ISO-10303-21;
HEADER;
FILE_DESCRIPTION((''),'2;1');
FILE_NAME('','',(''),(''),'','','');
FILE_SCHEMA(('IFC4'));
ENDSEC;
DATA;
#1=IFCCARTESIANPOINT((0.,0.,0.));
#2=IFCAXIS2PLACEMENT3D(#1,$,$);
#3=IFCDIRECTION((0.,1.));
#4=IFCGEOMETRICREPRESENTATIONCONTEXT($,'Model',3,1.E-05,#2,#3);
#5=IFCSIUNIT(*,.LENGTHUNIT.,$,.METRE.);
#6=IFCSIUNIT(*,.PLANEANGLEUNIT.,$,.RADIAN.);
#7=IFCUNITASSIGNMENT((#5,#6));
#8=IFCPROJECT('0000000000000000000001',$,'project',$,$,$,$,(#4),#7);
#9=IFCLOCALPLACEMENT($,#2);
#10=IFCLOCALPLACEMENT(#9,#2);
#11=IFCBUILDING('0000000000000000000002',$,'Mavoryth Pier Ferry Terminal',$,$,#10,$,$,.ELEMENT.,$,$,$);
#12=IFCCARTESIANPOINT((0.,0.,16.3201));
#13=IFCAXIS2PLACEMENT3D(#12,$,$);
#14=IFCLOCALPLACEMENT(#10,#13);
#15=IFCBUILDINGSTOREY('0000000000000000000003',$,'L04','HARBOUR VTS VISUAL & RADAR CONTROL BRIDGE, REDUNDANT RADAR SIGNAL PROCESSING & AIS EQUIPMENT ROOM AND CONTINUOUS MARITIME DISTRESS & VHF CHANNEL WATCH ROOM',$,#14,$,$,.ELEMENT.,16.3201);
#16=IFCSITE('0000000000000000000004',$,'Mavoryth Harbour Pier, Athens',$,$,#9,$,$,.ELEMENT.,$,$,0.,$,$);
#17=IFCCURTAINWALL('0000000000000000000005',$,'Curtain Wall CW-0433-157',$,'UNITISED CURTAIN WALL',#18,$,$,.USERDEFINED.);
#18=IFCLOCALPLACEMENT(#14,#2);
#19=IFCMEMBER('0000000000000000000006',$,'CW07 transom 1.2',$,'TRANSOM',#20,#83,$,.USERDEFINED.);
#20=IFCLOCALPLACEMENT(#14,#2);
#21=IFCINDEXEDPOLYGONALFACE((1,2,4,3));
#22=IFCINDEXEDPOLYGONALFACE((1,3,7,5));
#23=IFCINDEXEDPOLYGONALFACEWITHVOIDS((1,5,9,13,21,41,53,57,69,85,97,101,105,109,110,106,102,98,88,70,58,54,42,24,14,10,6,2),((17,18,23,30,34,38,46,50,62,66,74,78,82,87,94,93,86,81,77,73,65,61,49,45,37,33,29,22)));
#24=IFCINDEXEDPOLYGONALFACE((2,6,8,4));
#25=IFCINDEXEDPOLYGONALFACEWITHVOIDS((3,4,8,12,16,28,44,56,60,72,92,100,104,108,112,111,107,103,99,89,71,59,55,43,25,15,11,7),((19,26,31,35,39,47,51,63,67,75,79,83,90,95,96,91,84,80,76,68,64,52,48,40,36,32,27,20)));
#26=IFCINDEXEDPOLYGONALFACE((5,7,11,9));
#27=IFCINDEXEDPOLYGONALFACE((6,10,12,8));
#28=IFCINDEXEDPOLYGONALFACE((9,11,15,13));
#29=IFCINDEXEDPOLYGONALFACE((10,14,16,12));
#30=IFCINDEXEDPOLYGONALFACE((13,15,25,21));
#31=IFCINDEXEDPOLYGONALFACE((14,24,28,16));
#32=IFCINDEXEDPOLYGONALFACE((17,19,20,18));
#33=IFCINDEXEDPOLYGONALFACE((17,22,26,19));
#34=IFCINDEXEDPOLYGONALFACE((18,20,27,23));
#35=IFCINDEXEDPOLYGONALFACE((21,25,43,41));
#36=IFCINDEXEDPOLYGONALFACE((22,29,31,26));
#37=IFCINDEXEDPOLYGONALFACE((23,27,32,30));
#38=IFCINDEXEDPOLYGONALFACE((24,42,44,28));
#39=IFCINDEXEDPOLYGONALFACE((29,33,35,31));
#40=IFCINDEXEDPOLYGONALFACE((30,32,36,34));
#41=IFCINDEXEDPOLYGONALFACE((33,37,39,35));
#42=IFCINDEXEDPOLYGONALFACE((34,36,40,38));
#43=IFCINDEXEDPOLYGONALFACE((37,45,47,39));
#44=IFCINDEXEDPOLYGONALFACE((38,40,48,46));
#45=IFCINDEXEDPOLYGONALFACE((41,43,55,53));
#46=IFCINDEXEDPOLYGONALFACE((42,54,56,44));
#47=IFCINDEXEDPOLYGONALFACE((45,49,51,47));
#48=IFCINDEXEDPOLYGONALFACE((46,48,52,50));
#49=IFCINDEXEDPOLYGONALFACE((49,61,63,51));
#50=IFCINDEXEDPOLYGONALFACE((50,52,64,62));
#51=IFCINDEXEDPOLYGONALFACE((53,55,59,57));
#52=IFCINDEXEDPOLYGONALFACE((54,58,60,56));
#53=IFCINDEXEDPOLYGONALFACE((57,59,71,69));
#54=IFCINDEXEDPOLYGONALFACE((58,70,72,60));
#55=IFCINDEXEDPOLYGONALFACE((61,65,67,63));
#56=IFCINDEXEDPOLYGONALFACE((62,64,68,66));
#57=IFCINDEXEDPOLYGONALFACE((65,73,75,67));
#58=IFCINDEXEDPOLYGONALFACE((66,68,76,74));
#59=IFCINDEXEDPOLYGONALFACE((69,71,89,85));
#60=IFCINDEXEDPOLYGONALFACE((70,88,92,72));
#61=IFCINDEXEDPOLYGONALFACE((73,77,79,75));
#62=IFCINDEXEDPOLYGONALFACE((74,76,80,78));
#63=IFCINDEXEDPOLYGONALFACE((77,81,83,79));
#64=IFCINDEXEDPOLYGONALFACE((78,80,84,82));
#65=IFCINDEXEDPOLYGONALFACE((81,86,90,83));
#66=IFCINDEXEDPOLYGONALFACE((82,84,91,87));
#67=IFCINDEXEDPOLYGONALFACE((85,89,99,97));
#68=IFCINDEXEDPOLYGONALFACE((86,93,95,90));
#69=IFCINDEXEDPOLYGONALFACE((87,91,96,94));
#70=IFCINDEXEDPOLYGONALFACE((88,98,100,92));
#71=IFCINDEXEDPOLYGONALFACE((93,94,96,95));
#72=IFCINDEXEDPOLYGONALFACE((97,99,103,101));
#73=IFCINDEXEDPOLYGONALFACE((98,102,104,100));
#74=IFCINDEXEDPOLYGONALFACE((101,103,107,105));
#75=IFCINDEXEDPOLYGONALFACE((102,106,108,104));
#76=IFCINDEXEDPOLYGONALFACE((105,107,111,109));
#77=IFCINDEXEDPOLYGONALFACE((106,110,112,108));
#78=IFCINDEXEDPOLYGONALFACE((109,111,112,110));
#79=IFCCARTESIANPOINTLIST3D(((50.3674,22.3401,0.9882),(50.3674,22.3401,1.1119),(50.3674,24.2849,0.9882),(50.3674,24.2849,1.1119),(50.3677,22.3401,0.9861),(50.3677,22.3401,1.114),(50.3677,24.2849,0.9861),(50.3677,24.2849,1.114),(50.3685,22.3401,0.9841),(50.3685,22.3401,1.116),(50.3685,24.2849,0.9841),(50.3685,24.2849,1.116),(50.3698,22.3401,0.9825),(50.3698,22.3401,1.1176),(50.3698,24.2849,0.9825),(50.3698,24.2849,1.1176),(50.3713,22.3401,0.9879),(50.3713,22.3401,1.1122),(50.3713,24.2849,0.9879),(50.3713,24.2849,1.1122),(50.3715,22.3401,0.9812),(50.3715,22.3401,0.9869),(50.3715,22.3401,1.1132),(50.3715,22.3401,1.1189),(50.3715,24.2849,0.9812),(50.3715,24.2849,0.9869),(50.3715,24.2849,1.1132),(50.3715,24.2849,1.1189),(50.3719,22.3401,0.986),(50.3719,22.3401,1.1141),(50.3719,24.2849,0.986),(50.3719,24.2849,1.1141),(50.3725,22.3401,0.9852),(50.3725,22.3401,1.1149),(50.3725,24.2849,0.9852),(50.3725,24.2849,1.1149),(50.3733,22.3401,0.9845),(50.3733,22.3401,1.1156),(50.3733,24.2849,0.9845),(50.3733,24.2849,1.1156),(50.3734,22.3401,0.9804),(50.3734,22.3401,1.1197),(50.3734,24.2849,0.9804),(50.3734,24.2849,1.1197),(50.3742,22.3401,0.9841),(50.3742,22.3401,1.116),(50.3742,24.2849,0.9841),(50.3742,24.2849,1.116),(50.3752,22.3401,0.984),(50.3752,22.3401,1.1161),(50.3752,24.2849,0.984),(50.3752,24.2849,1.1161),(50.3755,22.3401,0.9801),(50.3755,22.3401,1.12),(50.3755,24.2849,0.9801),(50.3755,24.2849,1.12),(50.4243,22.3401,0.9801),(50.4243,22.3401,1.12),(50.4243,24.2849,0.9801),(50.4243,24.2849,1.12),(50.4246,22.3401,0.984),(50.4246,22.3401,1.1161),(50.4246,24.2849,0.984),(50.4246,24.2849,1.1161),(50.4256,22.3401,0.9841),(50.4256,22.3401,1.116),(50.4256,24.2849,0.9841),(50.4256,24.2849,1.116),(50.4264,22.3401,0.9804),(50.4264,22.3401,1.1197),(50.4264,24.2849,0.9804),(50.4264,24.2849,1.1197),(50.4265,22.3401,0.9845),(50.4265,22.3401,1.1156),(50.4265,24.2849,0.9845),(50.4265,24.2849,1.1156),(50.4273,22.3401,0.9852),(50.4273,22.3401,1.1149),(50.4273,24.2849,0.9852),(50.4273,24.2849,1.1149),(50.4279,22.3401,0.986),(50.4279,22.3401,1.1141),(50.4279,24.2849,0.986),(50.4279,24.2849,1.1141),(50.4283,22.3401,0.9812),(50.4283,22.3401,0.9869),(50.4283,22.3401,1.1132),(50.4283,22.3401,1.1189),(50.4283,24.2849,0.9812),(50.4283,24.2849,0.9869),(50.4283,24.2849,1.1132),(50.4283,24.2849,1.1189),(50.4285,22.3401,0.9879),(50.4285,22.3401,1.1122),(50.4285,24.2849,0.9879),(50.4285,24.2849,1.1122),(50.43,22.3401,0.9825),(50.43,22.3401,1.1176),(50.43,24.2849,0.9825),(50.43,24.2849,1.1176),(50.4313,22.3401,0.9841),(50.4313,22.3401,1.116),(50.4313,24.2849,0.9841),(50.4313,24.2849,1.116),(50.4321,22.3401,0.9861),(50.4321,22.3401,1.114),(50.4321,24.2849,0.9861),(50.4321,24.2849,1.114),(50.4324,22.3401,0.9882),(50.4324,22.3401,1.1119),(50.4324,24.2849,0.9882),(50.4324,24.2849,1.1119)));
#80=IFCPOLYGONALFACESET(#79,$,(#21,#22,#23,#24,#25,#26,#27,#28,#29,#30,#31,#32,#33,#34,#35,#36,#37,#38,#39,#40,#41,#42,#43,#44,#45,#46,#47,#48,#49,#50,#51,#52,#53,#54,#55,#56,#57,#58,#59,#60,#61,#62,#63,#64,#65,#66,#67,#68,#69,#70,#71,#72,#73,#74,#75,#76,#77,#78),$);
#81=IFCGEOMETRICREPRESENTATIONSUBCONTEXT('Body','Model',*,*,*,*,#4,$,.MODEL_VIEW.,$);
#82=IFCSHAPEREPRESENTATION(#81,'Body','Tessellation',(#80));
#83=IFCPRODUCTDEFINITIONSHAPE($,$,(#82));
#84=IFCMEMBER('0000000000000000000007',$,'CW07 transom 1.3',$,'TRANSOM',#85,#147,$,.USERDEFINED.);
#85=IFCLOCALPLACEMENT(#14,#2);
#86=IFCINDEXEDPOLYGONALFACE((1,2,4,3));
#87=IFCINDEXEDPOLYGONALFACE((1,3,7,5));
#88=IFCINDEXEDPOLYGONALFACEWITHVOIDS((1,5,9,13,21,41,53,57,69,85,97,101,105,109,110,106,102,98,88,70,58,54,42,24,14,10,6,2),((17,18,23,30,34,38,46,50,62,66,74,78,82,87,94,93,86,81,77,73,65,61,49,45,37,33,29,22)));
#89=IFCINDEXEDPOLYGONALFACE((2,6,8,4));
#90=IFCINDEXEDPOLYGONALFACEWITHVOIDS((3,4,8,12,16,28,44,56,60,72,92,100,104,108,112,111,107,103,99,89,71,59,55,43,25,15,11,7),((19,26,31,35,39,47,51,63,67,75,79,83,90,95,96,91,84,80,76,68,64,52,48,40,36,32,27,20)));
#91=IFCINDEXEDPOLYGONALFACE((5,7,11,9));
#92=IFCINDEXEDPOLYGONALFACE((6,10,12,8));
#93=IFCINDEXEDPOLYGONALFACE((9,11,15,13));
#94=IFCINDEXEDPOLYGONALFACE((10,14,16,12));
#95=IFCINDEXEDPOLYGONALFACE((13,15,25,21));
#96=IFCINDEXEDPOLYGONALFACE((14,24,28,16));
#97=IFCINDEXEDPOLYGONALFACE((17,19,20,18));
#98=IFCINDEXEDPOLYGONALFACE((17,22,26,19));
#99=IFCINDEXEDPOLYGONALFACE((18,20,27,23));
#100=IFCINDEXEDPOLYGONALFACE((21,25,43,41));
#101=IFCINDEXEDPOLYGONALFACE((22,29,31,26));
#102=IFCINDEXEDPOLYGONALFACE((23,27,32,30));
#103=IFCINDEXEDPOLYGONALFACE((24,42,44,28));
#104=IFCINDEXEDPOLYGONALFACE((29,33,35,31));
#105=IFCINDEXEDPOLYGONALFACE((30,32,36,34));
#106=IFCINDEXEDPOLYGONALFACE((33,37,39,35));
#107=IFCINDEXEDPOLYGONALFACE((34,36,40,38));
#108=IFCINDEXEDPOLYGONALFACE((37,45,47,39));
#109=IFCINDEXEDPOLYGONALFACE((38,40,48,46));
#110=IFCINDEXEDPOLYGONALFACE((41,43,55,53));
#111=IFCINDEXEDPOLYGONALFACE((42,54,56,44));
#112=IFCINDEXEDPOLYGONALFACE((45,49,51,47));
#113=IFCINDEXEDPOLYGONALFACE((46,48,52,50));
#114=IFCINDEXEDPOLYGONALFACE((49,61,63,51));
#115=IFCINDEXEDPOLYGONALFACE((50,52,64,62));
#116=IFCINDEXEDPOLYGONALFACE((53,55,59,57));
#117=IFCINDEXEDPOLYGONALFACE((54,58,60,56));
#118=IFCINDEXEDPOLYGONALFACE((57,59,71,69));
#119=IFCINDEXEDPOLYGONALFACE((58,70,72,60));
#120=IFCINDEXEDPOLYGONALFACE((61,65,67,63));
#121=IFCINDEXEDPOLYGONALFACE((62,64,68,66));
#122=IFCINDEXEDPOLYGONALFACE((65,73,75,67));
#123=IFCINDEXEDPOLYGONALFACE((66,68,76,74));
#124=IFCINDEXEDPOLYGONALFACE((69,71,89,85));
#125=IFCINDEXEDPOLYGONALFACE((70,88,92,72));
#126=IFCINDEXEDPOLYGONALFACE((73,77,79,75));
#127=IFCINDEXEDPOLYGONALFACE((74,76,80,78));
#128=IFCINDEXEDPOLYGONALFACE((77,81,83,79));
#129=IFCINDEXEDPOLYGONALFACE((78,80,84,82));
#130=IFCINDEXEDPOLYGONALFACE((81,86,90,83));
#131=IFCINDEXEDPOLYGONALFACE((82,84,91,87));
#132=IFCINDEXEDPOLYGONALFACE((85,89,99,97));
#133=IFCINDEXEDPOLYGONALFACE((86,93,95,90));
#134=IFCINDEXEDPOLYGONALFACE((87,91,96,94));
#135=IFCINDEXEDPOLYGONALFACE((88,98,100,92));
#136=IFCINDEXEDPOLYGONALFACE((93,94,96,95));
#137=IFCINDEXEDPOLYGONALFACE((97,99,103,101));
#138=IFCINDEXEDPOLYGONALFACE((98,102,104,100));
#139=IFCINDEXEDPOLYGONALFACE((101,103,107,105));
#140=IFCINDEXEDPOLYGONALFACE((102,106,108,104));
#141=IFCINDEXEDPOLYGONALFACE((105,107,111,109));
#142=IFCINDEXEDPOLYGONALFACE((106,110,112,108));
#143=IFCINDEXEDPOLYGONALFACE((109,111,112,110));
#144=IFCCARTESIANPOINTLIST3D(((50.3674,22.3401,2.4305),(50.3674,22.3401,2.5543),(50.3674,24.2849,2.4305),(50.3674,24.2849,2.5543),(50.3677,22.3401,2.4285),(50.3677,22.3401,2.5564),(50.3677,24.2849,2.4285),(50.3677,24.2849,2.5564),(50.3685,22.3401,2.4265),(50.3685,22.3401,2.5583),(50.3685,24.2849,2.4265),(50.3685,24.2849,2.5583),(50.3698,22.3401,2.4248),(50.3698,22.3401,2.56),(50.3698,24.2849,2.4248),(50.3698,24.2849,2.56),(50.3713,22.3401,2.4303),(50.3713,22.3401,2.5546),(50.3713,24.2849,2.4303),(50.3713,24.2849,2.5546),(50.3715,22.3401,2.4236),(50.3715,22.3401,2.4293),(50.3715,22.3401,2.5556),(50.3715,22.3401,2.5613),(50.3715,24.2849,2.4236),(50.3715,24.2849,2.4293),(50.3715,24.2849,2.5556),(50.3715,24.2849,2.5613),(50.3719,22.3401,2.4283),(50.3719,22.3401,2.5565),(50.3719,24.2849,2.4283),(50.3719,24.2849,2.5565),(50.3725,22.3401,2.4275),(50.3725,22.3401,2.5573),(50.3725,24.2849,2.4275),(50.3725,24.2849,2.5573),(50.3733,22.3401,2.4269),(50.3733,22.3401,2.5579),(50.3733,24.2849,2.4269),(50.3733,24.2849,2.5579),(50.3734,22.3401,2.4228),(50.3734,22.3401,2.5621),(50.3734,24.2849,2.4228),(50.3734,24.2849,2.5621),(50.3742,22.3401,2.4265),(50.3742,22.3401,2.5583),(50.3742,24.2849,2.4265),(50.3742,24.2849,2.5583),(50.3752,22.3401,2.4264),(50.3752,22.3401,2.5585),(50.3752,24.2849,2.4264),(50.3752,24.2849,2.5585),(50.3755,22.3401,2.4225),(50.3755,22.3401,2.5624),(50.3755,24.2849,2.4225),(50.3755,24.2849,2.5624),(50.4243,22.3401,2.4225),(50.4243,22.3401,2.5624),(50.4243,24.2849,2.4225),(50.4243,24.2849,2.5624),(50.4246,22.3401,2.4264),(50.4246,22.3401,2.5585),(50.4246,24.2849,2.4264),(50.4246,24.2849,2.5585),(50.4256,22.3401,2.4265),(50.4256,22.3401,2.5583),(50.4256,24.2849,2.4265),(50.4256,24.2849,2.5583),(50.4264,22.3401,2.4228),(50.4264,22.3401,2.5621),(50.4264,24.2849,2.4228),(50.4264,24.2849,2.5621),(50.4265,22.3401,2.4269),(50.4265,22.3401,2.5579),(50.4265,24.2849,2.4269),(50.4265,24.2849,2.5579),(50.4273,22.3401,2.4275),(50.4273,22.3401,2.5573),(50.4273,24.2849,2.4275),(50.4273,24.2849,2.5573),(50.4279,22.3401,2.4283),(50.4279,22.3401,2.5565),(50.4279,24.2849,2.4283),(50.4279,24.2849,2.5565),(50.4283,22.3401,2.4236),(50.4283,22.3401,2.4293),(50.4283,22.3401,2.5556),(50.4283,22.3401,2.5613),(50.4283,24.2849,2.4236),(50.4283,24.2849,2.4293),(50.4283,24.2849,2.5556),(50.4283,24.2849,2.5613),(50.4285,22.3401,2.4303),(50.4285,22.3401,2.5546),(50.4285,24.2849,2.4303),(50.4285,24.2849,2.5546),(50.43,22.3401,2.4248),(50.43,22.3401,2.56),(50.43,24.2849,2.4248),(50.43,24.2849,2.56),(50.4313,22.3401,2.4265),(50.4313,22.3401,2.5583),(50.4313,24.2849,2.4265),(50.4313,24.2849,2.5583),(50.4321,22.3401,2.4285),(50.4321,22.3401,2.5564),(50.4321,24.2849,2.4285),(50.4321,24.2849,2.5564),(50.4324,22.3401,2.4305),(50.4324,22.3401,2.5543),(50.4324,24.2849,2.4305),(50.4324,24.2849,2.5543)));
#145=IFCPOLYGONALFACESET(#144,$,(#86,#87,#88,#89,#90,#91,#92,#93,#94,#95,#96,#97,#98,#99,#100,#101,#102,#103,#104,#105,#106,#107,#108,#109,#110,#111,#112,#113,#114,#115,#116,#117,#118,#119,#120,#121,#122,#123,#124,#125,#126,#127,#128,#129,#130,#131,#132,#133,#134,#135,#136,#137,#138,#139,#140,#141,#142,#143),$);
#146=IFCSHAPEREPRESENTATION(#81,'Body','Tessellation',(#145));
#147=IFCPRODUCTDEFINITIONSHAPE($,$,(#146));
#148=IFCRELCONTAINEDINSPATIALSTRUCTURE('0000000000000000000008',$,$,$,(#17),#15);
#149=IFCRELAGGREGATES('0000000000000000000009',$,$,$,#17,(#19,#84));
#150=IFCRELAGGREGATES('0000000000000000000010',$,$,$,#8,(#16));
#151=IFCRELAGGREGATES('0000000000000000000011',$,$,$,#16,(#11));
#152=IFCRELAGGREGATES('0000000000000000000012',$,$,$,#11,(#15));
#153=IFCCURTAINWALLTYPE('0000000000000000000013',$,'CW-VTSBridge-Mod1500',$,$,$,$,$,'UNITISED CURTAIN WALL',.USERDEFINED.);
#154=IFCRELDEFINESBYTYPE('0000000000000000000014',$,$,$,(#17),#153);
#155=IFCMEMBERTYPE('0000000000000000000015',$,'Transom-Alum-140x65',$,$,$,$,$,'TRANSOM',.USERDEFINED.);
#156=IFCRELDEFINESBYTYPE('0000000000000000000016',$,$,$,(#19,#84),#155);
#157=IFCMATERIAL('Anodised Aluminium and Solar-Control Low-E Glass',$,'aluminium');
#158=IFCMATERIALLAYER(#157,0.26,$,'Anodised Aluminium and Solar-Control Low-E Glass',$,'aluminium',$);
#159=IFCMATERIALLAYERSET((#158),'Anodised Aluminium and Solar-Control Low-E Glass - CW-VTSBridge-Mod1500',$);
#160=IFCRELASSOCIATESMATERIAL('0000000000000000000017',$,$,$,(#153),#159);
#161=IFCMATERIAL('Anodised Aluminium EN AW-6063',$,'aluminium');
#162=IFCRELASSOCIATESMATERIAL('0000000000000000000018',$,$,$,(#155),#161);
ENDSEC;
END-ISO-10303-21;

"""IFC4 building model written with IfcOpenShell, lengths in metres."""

from ifc_helpers import new_model, si_unit, direction, frame, origin, origin_2d, place, context, subcontext, project, spatial, hollow_rectangle, extrude, material, layer, layer_set, material_profile, profile_set, type_object, element, aggregate, save


model = new_model("IFC4")

# Units and contexts
model_context = context("Model", 3, precision=1e-05, world=origin(), true_north=direction((0.0, 1.0)))
body_context = subcontext(model_context, "Body", "Model", "MODEL_VIEW")
ifc_project = project(units=[si_unit("LENGTHUNIT", "METRE"), si_unit("PLANEANGLEUNIT", "RADIAN")], contexts=[model_context])

# Site, building, storey
site_placement = place(None, origin())
site = spatial("IfcSite", under=ifc_project, at=site_placement, Name="Mavoryth Harbour Pier, Athens", CompositionType="ELEMENT", RefElevation=0.0)
building_placement = place(site_placement, origin())
building = spatial("IfcBuilding", under=site, at=building_placement, Name="Mavoryth Pier Ferry Terminal", CompositionType="ELEMENT")
storey_placement = place(building_placement, frame((0.0, 0.0, 16.3201)))
storey = spatial("IfcBuildingStorey", under=building, at=storey_placement, Name="L04", Description="HARBOUR VTS VISUAL & RADAR CONTROL BRIDGE, REDUNDANT RADAR SIGNAL PROCESSING & AIS EQUIPMENT ROOM AND CONTINUOUS MARITIME DISTRESS & VHF CHANNEL WATCH ROOM", CompositionType="ELEMENT", Elevation=16.3201)

# Curtain wall
ifc_material_1 = material(Name="Anodised Aluminium and Solar-Control Low-E Glass", Category="aluminium")
ifc_layer_1 = layer(ifc_material_1, 0.26, Name="Anodised Aluminium and Solar-Control Low-E Glass", Category="aluminium")
ifc_layer_set_1 = layer_set([ifc_layer_1], Name="Anodised Aluminium and Solar-Control Low-E Glass - CW-VTSBridge-Mod1500")
curtain_wall_type = type_object("IfcCurtainWallType", Name="CW-VTSBridge-Mod1500", ElementType="UNITISED CURTAIN WALL", PredefinedType="USERDEFINED", material=ifc_layer_set_1)
curtain_wall_1_placement = place(storey_placement, origin())
curtain_wall_1 = element("IfcCurtainWall", 1, at=curtain_wall_1_placement, inside=storey, type_object=curtain_wall_type, Name="Curtain Wall CW-0433-157", ObjectType="UNITISED CURTAIN WALL", PredefinedType="USERDEFINED")
ifc_material_2 = material(Name="Anodised Aluminium EN AW-6063", Category="aluminium")

# Members
ifc_material_profile_1 = material_profile(ifc_material_2, hollow_rectangle(XDim=0.0649, YDim=0.1399, WallThickness=0.0039, InnerFilletRadius=0.0039, OuterFilletRadius=0.0081, at=origin_2d()), Name="AL-TRAN 140x65x4", Category="aluminium")
ifc_profile_set_1 = profile_set([ifc_material_profile_1], Name="Anodised Aluminium EN AW-6063 - AL-TRAN 140x65x4")
member_type_1 = type_object("IfcMemberType", Name="Transom-Alum-140x65", ElementType="TRANSOM", PredefinedType="USERDEFINED", material=ifc_profile_set_1)
member_1_placement = place(storey_placement, frame((50.3999, 24.2849, 1.05), z_axis=(0.0, -1.0, 0.0), x_axis=(1.0, 0.0, 0.0)))
member_1 = element("IfcMember", 2, at=member_1_placement, type_object=member_type_1, Name="CW07 transom 1.2", ObjectType="TRANSOM", PredefinedType="USERDEFINED", context=body_context, shape_type="SweptSolid", body=[
    extrude(hollow_rectangle(XDim=0.0649, YDim=0.1399, WallThickness=0.0039, InnerFilletRadius=0.0039, OuterFilletRadius=0.0081, at=origin_2d()), origin(), (0.0, 0.0, 1.0), 1.9448),
])
member_2_placement = place(storey_placement, frame((50.3999, 24.2849, 2.4924), z_axis=(0.0, -1.0, 0.0), x_axis=(1.0, 0.0, 0.0)))
member_2 = element("IfcMember", 3, at=member_2_placement, type_object=member_type_1, Name="CW07 transom 1.3", ObjectType="TRANSOM", PredefinedType="USERDEFINED", context=body_context, shape_type="SweptSolid", body=[
    extrude(hollow_rectangle(XDim=0.0649, YDim=0.1399, WallThickness=0.0039, InnerFilletRadius=0.0039, OuterFilletRadius=0.0081, at=origin_2d()), origin(), (0.0, 0.0, 1.0), 1.9448),
])

aggregate(curtain_wall_1, [member_1, member_2])

save(model, "model.ifc")
